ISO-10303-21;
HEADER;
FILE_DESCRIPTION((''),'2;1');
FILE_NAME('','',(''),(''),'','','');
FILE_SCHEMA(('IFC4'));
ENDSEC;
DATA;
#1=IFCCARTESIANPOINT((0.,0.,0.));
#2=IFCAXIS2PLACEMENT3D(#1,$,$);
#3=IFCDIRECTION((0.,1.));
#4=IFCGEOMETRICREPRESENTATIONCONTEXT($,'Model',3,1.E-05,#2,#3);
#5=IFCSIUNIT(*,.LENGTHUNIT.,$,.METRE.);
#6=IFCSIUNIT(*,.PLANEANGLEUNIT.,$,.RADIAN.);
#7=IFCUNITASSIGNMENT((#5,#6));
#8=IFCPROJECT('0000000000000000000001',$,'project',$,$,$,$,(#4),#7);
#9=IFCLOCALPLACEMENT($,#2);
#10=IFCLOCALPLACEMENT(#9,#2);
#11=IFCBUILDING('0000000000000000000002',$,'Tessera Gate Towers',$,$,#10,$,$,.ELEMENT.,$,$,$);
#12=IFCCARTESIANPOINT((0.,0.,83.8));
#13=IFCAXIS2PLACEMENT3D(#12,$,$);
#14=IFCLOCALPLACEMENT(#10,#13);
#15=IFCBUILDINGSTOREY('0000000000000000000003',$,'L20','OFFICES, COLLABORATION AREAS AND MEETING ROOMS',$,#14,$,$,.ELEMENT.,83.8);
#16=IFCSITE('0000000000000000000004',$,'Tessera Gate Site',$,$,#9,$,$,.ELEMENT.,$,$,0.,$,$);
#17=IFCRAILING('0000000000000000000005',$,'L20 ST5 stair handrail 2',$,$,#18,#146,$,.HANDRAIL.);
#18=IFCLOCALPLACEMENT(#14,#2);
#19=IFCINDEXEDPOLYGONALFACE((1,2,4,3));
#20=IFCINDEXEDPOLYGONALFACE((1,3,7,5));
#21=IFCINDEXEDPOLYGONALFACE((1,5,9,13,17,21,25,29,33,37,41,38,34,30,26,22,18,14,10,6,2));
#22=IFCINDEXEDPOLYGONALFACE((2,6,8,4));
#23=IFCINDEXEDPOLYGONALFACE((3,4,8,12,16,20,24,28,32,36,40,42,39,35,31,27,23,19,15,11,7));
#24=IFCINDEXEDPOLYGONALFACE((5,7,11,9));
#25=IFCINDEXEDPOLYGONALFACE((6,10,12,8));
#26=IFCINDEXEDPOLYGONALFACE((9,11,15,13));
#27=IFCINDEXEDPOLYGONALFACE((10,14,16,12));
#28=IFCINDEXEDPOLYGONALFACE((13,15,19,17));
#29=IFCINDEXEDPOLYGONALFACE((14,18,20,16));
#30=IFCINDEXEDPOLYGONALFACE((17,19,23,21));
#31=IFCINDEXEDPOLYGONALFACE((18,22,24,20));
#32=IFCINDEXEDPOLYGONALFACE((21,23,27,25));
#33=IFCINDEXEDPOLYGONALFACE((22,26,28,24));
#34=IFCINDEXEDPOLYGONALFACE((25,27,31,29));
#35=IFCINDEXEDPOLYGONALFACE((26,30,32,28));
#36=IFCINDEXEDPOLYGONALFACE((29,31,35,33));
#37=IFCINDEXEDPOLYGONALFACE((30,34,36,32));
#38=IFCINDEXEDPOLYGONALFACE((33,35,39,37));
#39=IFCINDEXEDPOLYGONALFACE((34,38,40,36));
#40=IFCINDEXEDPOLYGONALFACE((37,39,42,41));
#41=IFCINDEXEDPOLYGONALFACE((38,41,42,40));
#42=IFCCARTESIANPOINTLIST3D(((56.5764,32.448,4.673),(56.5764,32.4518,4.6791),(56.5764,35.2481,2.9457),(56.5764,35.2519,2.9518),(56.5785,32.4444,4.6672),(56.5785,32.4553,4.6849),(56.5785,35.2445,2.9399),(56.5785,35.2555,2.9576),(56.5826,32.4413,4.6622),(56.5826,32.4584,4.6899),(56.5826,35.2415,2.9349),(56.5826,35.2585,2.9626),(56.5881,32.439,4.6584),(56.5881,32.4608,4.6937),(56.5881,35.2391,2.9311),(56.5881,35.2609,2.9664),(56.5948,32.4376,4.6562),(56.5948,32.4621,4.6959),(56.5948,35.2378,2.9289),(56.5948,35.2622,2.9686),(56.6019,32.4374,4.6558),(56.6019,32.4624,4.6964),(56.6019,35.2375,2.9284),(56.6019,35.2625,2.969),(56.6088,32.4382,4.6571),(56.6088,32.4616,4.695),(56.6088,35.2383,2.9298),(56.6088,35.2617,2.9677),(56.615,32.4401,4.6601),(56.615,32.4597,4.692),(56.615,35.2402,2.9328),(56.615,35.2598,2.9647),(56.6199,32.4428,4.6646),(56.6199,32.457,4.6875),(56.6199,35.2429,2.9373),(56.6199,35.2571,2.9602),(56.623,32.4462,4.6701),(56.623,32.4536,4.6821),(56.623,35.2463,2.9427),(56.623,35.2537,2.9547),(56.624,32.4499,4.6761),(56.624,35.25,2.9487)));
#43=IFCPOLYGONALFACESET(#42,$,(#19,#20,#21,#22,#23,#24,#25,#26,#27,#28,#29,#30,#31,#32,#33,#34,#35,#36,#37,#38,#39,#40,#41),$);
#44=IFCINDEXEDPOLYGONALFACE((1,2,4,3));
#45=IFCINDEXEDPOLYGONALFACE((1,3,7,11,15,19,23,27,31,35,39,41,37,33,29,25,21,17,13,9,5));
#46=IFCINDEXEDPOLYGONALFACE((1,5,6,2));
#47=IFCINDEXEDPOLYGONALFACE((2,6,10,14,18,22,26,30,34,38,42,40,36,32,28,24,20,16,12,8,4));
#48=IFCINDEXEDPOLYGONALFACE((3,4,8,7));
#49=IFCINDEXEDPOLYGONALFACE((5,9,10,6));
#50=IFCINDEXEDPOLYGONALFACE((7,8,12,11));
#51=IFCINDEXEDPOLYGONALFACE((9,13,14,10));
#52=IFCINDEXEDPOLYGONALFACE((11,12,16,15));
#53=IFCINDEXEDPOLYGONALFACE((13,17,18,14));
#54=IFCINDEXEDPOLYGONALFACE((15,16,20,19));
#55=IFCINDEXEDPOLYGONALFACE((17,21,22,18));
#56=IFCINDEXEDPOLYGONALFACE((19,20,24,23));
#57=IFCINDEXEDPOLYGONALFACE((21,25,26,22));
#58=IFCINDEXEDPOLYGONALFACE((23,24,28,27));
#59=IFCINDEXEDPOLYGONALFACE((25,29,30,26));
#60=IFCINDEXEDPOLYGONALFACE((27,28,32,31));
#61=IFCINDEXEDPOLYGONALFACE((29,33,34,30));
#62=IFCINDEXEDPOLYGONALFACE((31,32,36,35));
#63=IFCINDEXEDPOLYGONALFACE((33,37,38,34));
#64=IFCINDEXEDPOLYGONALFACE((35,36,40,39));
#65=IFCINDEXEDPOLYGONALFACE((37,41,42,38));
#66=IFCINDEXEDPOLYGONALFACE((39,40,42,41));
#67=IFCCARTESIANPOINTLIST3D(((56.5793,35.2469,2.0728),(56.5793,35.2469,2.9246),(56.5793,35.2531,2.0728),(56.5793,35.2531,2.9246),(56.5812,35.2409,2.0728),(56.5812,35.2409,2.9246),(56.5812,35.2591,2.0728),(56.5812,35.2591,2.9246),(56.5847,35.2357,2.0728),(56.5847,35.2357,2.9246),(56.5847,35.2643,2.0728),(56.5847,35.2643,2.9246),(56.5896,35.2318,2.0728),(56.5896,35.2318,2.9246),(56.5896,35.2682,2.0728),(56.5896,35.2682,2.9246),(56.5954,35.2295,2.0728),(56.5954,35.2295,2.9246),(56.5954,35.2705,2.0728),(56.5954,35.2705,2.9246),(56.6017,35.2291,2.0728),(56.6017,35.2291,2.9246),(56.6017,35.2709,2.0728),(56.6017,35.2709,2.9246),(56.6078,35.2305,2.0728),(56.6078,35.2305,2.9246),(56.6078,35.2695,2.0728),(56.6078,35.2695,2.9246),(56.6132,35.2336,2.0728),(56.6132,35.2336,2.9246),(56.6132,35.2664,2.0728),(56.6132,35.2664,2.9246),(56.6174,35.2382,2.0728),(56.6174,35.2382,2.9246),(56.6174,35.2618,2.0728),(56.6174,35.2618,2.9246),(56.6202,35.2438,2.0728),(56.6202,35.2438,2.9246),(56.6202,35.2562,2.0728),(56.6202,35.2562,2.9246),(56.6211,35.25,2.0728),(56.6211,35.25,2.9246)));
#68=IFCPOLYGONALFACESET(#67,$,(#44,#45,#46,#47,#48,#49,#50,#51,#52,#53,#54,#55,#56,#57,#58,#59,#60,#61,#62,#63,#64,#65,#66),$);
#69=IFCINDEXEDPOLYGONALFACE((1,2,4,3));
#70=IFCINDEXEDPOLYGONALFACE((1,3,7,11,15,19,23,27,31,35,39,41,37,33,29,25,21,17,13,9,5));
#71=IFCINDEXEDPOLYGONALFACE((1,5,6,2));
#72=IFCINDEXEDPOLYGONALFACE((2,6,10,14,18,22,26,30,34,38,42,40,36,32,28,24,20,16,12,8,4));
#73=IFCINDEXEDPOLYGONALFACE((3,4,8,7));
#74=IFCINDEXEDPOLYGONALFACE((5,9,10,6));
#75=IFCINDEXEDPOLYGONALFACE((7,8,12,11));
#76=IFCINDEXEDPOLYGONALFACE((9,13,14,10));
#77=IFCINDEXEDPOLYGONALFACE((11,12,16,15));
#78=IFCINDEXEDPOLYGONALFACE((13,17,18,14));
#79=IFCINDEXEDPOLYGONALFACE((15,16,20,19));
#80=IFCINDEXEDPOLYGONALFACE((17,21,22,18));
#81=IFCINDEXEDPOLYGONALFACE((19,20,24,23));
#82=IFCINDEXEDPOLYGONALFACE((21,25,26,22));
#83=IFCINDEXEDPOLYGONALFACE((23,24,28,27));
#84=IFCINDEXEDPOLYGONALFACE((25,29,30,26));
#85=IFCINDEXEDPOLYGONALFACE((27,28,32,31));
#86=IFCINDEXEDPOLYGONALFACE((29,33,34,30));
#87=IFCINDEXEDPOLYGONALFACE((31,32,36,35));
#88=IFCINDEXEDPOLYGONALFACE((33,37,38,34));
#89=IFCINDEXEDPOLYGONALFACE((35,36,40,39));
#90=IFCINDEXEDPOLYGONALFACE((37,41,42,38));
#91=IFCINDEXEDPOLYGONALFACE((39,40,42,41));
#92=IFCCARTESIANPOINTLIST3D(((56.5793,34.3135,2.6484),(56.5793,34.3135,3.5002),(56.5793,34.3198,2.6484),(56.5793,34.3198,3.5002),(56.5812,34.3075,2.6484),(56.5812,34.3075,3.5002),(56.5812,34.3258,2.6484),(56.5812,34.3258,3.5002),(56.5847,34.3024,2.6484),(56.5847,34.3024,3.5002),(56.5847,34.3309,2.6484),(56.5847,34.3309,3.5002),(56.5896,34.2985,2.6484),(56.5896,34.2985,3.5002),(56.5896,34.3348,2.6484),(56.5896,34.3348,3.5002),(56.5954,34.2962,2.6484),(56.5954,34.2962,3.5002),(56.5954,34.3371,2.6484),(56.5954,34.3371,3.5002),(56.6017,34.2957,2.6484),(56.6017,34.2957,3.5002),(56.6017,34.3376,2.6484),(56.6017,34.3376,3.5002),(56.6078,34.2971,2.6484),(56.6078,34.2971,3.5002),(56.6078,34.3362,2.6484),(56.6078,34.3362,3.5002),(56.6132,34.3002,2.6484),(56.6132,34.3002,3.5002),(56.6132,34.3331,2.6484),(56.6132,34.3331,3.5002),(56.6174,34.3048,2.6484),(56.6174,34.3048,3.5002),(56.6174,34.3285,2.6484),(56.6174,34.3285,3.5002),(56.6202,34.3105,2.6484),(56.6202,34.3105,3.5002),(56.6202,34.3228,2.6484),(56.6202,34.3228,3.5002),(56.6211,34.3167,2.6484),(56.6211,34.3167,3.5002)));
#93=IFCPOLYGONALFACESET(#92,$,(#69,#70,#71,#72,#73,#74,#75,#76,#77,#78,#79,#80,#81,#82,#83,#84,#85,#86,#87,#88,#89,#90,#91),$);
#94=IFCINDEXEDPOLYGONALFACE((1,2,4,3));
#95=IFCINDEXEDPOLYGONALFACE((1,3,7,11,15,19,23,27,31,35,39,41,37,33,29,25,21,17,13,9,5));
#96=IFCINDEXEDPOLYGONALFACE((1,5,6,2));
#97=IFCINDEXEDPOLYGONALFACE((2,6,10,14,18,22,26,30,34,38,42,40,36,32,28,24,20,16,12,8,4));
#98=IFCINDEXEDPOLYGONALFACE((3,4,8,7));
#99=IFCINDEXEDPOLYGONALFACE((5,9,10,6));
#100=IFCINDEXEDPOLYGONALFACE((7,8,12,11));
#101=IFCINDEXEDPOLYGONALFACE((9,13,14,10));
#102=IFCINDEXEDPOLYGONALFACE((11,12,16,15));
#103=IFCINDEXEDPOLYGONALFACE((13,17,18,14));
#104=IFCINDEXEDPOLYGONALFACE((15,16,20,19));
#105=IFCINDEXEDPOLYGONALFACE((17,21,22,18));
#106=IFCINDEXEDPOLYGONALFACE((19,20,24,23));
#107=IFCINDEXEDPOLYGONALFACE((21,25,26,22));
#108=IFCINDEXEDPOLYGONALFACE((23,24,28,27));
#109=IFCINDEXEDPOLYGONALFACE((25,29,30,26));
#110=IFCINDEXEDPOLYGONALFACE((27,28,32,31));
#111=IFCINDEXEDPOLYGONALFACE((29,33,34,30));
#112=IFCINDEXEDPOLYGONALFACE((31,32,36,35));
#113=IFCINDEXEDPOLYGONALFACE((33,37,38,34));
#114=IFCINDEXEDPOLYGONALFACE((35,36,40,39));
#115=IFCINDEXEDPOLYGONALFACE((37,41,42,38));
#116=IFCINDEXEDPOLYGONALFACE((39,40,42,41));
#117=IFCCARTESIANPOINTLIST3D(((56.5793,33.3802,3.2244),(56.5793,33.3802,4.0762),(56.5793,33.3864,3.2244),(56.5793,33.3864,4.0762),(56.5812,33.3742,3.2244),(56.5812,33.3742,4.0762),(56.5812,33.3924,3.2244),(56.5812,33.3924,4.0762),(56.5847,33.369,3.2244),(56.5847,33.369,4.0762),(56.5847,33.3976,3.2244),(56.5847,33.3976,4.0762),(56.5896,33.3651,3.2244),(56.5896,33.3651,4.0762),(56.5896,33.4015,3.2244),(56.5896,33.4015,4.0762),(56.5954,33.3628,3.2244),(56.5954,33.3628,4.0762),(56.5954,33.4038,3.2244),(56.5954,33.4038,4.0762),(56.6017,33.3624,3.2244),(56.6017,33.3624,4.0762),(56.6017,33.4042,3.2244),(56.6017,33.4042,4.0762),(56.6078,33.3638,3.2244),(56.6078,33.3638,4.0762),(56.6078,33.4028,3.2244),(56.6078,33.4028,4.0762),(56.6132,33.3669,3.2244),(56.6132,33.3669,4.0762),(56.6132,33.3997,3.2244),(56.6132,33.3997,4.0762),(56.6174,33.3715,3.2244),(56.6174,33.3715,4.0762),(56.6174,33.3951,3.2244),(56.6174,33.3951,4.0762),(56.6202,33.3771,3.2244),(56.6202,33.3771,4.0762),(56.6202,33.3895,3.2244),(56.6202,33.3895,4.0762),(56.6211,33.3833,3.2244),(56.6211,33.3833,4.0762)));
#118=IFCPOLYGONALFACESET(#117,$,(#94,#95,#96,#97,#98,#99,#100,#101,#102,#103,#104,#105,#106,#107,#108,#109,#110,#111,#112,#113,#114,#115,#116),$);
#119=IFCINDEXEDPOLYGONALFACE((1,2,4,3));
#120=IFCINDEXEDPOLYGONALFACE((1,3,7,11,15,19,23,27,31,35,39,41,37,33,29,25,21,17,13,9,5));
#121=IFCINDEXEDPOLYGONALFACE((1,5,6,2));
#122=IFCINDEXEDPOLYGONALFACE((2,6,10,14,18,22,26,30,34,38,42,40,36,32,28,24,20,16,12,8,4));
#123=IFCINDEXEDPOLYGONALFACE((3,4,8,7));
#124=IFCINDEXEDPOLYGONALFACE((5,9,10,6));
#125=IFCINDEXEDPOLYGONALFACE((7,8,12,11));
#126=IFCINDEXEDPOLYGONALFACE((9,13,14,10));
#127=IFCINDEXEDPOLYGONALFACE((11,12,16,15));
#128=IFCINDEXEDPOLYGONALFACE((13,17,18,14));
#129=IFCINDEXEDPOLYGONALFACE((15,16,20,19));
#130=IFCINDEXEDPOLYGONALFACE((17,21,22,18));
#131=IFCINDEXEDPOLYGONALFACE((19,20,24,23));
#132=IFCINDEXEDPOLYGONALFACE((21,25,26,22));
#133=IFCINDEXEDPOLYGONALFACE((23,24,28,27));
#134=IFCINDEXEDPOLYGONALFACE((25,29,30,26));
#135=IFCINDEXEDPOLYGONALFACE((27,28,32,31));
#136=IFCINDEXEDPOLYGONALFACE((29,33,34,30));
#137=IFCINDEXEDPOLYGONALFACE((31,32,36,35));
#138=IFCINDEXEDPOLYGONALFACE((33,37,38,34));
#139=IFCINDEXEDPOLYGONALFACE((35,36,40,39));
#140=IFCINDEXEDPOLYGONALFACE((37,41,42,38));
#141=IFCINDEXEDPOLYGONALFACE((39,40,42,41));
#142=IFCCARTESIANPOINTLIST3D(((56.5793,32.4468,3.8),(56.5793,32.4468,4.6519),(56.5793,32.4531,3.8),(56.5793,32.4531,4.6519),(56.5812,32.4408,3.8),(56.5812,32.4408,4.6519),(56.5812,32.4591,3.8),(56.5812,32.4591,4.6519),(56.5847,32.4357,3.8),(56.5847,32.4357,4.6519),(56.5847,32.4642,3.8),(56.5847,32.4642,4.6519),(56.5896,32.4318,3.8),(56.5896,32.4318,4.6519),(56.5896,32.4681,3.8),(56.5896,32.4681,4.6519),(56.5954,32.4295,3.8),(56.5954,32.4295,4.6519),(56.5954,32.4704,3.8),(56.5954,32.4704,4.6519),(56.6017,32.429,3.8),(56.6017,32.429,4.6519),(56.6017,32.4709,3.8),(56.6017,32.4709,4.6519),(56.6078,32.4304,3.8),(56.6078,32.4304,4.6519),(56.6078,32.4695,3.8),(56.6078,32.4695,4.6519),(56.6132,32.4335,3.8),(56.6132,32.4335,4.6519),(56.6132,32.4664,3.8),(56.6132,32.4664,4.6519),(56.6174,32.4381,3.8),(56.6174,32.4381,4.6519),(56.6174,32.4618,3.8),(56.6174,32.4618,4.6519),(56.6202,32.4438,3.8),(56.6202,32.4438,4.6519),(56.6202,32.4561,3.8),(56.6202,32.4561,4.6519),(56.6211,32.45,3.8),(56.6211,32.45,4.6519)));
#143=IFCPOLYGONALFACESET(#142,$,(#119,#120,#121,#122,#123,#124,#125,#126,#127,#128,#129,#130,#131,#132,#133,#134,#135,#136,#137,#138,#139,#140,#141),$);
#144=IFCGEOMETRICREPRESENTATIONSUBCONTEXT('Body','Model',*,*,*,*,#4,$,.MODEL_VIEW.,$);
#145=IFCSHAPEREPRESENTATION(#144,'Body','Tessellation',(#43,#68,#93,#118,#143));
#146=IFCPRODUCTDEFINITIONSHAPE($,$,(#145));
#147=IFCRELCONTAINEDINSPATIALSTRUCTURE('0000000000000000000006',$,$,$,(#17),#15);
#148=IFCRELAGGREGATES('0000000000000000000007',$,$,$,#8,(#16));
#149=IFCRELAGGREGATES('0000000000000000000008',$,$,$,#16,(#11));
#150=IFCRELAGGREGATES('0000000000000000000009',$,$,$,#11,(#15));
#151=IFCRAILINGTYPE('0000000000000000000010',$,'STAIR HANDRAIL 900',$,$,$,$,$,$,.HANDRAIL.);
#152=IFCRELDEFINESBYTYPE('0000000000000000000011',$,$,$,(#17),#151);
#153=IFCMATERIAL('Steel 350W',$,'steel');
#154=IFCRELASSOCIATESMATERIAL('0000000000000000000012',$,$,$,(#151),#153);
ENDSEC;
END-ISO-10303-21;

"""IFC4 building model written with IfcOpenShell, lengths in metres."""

from ifc_helpers import new_model, si_unit, direction, frame, origin, origin_2d, place, context, subcontext, project, spatial, circle, extrude, material, type_object, element, save


model = new_model("IFC4")

# Units and contexts
model_context = context("Model", 3, precision=1e-05, world=origin(), true_north=direction((0.0, 1.0)))
body_context = subcontext(model_context, "Body", "Model", "MODEL_VIEW")
ifc_project = project(units=[si_unit("LENGTHUNIT", "METRE"), si_unit("PLANEANGLEUNIT", "RADIAN")], contexts=[model_context])

# Site, building, storey
site_placement = place(None, origin())
site = spatial("IfcSite", under=ifc_project, at=site_placement, Name="Tessera Gate Site", CompositionType="ELEMENT", RefElevation=0.0)
building_placement = place(site_placement, origin())
building = spatial("IfcBuilding", under=site, at=building_placement, Name="Tessera Gate Towers", CompositionType="ELEMENT")
storey_placement = place(building_placement, frame((0.0, 0.0, 83.8)))
storey = spatial("IfcBuildingStorey", under=building, at=storey_placement, Name="L20", Description="OFFICES, COLLABORATION AREAS AND MEETING ROOMS", CompositionType="ELEMENT", Elevation=83.8)

# Railing
ifc_material_1 = material(Name="Steel 350W", Category="steel")
railing_type_1 = type_object("IfcRailingType", Name="STAIR HANDRAIL 900", PredefinedType="HANDRAIL", material=ifc_material_1)
railing_1_placement = place(storey_placement, frame((56.6001, 35.25, 2.0728)))
element("IfcRailing", 1, at=railing_1_placement, inside=storey, type_object=railing_type_1, Name="L20 ST5 stair handrail 2", PredefinedType="HANDRAIL", context=body_context, shape_type="SweptSolid", body=[
    extrude(circle(Radius=0.0239, at=origin_2d()), frame((0.0, 0.0, 0.876), z_axis=(0.0, -0.85109, 0.52502), x_axis=(1.0, 0.0, 0.0)), (0.0, 0.0, 1.0), 3.29),
    extrude(circle(Radius=0.021, at=origin_2d()), origin(), (0.0, 0.0, 1.0), 0.8518),
    extrude(circle(Radius=0.021, at=origin_2d()), frame((0.0, -0.9333, 0.5757)), (0.0, 0.0, 1.0), 0.8518),
    extrude(circle(Radius=0.021, at=origin_2d()), frame((0.0, -1.8667, 1.1516)), (0.0, 0.0, 1.0), 0.8518),
    extrude(circle(Radius=0.021, at=origin_2d()), frame((0.0, -2.8, 1.7273)), (0.0, 0.0, 1.0), 0.8518),
])

save(model, "model.ifc")
